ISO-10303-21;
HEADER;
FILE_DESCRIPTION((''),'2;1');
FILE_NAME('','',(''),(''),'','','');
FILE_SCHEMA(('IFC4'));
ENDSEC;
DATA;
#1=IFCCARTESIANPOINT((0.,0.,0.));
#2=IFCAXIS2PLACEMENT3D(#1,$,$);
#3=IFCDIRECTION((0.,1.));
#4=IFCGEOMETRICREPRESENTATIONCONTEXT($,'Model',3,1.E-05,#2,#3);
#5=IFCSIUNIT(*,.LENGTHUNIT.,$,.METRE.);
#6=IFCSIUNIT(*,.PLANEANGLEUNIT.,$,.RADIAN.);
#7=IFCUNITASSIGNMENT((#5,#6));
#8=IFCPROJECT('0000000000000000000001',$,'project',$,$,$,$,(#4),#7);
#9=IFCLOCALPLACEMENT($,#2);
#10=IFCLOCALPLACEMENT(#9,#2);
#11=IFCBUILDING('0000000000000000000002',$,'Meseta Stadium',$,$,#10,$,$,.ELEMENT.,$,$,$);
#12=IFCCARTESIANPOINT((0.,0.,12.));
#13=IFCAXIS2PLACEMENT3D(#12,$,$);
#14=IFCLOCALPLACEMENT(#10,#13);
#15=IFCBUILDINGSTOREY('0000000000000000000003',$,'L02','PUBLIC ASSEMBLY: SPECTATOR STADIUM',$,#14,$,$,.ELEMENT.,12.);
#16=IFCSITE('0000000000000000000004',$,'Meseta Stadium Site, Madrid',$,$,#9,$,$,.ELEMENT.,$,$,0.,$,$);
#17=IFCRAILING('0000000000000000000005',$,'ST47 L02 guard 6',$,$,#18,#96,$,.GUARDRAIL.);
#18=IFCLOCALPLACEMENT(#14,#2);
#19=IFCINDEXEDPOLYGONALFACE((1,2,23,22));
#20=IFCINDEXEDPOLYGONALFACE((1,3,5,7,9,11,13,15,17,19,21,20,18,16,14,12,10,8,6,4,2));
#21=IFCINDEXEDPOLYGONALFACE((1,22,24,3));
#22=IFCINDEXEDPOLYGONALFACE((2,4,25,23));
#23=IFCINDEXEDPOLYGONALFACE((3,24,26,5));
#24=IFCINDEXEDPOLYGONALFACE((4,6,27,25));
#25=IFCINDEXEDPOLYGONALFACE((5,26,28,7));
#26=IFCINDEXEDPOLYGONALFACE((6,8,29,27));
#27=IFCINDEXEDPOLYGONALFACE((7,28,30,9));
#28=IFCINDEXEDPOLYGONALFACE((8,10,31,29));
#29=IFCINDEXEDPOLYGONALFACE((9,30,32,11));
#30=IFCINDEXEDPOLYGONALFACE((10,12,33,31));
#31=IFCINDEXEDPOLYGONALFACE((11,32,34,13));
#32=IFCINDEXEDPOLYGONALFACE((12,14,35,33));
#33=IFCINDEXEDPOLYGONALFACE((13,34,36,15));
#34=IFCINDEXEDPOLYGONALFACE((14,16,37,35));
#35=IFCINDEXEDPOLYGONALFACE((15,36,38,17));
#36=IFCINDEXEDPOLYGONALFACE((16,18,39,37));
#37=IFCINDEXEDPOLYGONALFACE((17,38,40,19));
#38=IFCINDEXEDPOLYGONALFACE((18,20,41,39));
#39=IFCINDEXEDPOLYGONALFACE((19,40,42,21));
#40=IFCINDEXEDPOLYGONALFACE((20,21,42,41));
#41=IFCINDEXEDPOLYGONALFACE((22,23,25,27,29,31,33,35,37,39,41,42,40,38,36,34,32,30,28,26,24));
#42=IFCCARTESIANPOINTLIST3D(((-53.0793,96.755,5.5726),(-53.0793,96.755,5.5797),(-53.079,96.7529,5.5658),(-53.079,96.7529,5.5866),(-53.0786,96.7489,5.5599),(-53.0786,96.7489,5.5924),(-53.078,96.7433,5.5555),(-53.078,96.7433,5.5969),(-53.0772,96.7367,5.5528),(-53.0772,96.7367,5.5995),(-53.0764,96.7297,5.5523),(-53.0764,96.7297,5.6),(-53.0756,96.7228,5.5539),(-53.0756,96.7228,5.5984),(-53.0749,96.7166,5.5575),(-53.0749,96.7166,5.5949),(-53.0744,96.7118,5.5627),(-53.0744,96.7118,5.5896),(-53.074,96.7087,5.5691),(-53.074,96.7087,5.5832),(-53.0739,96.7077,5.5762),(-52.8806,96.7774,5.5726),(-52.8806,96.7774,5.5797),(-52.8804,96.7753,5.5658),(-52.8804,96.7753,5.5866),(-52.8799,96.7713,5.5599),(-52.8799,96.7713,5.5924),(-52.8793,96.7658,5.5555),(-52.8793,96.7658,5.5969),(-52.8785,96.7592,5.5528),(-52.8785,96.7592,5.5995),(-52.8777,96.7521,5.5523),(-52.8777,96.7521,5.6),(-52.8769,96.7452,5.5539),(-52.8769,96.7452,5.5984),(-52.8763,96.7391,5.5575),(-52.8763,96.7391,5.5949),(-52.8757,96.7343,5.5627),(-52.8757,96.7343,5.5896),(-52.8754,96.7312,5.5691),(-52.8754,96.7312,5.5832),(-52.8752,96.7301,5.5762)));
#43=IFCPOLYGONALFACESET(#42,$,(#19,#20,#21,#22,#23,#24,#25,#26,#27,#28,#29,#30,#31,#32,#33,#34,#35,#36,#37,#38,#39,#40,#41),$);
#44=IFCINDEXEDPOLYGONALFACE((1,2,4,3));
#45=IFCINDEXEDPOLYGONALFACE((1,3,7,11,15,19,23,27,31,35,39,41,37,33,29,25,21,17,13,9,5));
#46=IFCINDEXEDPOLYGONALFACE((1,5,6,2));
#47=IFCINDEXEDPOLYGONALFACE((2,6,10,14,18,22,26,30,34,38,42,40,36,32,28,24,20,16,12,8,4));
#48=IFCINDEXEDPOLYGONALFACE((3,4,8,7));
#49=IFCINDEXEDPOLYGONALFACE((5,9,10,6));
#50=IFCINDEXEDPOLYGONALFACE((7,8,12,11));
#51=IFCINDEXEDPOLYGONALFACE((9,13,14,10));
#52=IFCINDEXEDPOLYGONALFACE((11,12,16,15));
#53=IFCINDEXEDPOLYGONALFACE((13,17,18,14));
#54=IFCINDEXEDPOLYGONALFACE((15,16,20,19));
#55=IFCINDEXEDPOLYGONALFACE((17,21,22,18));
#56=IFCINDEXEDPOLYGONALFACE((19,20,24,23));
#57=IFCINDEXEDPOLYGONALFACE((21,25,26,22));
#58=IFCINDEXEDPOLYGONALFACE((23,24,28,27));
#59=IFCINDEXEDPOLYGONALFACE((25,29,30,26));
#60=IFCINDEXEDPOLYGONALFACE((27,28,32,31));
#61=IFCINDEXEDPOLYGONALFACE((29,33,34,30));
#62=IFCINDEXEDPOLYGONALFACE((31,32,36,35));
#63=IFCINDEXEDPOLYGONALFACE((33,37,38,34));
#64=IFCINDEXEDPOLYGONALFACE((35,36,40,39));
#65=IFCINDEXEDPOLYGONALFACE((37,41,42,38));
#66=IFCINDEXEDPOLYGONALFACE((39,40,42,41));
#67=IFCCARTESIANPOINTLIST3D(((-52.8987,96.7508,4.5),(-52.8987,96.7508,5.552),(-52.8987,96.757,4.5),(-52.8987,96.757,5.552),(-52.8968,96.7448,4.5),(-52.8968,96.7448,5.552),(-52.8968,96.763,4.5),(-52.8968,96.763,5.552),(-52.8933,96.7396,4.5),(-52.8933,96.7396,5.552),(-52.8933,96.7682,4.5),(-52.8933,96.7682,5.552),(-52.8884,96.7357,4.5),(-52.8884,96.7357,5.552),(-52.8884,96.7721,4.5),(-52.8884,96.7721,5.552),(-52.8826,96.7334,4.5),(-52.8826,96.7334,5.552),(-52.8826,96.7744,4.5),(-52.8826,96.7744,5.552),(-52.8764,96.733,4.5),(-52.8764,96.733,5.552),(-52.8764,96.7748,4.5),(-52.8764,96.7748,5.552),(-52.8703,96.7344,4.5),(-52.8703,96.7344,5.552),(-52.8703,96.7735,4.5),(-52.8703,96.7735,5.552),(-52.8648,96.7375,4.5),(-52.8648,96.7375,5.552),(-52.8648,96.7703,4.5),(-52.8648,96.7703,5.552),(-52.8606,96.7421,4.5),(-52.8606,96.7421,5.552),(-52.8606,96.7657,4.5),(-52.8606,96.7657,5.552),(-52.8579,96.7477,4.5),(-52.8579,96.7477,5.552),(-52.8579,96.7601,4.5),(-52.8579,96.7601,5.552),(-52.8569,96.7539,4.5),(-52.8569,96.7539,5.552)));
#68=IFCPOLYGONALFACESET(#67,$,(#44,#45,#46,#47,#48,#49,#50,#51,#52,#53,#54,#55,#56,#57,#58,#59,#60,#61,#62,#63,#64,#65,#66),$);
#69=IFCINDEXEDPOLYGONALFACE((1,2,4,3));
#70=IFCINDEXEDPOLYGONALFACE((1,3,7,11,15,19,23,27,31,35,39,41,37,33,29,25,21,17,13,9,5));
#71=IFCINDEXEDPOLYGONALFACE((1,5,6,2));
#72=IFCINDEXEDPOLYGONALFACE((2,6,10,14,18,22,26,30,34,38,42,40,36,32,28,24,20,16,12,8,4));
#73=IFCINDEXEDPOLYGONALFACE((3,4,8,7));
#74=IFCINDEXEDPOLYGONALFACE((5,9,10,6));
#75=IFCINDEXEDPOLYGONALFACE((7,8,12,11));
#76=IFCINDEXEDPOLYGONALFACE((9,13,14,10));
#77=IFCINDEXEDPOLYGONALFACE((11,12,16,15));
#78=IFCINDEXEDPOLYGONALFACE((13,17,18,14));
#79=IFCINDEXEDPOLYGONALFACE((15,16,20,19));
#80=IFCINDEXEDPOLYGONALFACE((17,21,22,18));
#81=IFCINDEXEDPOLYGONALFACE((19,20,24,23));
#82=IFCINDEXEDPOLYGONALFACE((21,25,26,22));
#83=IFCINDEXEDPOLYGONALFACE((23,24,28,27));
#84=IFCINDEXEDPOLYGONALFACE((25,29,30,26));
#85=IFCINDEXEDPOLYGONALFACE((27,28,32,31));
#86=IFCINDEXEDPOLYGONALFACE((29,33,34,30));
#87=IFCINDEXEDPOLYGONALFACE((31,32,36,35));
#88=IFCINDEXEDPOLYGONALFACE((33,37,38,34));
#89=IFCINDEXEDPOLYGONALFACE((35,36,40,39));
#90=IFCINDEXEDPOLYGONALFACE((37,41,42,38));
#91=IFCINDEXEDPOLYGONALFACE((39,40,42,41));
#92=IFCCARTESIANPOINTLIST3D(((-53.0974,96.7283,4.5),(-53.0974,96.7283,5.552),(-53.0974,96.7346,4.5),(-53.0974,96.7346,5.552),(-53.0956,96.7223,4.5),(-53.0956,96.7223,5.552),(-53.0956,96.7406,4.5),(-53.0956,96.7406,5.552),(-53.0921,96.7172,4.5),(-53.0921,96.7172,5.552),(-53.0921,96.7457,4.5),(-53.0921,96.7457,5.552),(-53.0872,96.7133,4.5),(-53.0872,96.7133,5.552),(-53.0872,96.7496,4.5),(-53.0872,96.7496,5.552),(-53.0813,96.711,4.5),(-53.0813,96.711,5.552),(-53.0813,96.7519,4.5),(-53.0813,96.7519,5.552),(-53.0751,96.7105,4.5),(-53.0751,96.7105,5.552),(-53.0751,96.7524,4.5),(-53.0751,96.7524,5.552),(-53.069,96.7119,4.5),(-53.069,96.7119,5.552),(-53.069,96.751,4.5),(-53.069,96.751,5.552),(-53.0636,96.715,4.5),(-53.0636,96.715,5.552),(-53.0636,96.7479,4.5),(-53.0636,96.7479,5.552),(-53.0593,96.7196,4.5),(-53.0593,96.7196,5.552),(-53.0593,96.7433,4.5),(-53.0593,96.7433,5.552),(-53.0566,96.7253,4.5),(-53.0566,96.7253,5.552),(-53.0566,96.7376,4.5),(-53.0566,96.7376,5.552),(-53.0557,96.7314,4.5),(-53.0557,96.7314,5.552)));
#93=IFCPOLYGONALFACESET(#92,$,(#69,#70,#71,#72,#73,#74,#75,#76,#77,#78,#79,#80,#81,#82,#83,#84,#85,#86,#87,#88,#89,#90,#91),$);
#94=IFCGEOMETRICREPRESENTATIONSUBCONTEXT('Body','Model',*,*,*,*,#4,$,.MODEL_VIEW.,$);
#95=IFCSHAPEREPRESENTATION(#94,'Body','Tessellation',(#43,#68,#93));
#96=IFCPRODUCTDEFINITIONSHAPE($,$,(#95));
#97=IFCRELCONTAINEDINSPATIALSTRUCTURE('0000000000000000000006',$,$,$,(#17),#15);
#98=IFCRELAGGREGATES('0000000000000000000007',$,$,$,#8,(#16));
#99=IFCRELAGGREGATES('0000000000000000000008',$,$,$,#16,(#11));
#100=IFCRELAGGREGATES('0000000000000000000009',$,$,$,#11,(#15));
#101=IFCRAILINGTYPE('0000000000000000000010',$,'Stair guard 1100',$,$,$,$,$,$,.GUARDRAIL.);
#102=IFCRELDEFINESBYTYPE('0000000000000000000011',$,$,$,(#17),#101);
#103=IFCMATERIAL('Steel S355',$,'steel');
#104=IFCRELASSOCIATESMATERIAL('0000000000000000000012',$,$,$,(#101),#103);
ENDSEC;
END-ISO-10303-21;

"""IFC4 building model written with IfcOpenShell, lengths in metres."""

from ifc_helpers import new_model, si_unit, direction, frame, origin, origin_2d, place, context, subcontext, project, spatial, circle, extrude, material, type_object, element, save


model = new_model("IFC4")

# Units and contexts
model_context = context("Model", 3, precision=1e-05, world=origin(), true_north=direction((0.0, 1.0)))
body_context = subcontext(model_context, "Body", "Model", "MODEL_VIEW")
ifc_project = project(units=[si_unit("LENGTHUNIT", "METRE"), si_unit("PLANEANGLEUNIT", "RADIAN")], contexts=[model_context])

# Site, building, storey
site_placement = place(None, origin())
site = spatial("IfcSite", under=ifc_project, at=site_placement, Name="Meseta Stadium Site, Madrid", CompositionType="ELEMENT", RefElevation=0.0)
building_placement = place(site_placement, origin())
building = spatial("IfcBuilding", under=site, at=building_placement, Name="Meseta Stadium", CompositionType="ELEMENT")
storey_placement = place(building_placement, frame((0.0, 0.0, 12.0)))
storey = spatial("IfcBuildingStorey", under=building, at=storey_placement, Name="L02", Description="PUBLIC ASSEMBLY: SPECTATOR STADIUM", CompositionType="ELEMENT", Elevation=12.0)

# Railing
ifc_material_1 = material(Name="Steel S355", Category="steel")
railing_type_1 = type_object("IfcRailingType", Name="Stair guard 1100", PredefinedType="GUARDRAIL", material=ifc_material_1)
railing_1_placement = place(storey_placement, frame((-52.8779, 96.7539, 4.5)))
element("IfcRailing", 1, at=railing_1_placement, inside=storey, type_object=railing_type_1, Name="ST47 L02 guard 6", PredefinedType="GUARDRAIL", context=body_context, shape_type="SweptSolid", body=[
    extrude(circle(Radius=0.0239, at=origin_2d()), frame((0.0, 0.0, 1.0762), z_axis=(-0.993674, -0.112307, 0.0), x_axis=(0.112307, -0.993674, 0.0)), (0.0, 0.0, 1.0), 0.2),
    extrude(circle(Radius=0.021, at=origin_2d()), origin(), (0.0, 0.0, 1.0), 1.052),
    extrude(circle(Radius=0.021, at=origin_2d()), frame((-0.1987, -0.0225, 0.0)), (0.0, 0.0, 1.0), 1.052),
])

save(model, "model.ifc")
